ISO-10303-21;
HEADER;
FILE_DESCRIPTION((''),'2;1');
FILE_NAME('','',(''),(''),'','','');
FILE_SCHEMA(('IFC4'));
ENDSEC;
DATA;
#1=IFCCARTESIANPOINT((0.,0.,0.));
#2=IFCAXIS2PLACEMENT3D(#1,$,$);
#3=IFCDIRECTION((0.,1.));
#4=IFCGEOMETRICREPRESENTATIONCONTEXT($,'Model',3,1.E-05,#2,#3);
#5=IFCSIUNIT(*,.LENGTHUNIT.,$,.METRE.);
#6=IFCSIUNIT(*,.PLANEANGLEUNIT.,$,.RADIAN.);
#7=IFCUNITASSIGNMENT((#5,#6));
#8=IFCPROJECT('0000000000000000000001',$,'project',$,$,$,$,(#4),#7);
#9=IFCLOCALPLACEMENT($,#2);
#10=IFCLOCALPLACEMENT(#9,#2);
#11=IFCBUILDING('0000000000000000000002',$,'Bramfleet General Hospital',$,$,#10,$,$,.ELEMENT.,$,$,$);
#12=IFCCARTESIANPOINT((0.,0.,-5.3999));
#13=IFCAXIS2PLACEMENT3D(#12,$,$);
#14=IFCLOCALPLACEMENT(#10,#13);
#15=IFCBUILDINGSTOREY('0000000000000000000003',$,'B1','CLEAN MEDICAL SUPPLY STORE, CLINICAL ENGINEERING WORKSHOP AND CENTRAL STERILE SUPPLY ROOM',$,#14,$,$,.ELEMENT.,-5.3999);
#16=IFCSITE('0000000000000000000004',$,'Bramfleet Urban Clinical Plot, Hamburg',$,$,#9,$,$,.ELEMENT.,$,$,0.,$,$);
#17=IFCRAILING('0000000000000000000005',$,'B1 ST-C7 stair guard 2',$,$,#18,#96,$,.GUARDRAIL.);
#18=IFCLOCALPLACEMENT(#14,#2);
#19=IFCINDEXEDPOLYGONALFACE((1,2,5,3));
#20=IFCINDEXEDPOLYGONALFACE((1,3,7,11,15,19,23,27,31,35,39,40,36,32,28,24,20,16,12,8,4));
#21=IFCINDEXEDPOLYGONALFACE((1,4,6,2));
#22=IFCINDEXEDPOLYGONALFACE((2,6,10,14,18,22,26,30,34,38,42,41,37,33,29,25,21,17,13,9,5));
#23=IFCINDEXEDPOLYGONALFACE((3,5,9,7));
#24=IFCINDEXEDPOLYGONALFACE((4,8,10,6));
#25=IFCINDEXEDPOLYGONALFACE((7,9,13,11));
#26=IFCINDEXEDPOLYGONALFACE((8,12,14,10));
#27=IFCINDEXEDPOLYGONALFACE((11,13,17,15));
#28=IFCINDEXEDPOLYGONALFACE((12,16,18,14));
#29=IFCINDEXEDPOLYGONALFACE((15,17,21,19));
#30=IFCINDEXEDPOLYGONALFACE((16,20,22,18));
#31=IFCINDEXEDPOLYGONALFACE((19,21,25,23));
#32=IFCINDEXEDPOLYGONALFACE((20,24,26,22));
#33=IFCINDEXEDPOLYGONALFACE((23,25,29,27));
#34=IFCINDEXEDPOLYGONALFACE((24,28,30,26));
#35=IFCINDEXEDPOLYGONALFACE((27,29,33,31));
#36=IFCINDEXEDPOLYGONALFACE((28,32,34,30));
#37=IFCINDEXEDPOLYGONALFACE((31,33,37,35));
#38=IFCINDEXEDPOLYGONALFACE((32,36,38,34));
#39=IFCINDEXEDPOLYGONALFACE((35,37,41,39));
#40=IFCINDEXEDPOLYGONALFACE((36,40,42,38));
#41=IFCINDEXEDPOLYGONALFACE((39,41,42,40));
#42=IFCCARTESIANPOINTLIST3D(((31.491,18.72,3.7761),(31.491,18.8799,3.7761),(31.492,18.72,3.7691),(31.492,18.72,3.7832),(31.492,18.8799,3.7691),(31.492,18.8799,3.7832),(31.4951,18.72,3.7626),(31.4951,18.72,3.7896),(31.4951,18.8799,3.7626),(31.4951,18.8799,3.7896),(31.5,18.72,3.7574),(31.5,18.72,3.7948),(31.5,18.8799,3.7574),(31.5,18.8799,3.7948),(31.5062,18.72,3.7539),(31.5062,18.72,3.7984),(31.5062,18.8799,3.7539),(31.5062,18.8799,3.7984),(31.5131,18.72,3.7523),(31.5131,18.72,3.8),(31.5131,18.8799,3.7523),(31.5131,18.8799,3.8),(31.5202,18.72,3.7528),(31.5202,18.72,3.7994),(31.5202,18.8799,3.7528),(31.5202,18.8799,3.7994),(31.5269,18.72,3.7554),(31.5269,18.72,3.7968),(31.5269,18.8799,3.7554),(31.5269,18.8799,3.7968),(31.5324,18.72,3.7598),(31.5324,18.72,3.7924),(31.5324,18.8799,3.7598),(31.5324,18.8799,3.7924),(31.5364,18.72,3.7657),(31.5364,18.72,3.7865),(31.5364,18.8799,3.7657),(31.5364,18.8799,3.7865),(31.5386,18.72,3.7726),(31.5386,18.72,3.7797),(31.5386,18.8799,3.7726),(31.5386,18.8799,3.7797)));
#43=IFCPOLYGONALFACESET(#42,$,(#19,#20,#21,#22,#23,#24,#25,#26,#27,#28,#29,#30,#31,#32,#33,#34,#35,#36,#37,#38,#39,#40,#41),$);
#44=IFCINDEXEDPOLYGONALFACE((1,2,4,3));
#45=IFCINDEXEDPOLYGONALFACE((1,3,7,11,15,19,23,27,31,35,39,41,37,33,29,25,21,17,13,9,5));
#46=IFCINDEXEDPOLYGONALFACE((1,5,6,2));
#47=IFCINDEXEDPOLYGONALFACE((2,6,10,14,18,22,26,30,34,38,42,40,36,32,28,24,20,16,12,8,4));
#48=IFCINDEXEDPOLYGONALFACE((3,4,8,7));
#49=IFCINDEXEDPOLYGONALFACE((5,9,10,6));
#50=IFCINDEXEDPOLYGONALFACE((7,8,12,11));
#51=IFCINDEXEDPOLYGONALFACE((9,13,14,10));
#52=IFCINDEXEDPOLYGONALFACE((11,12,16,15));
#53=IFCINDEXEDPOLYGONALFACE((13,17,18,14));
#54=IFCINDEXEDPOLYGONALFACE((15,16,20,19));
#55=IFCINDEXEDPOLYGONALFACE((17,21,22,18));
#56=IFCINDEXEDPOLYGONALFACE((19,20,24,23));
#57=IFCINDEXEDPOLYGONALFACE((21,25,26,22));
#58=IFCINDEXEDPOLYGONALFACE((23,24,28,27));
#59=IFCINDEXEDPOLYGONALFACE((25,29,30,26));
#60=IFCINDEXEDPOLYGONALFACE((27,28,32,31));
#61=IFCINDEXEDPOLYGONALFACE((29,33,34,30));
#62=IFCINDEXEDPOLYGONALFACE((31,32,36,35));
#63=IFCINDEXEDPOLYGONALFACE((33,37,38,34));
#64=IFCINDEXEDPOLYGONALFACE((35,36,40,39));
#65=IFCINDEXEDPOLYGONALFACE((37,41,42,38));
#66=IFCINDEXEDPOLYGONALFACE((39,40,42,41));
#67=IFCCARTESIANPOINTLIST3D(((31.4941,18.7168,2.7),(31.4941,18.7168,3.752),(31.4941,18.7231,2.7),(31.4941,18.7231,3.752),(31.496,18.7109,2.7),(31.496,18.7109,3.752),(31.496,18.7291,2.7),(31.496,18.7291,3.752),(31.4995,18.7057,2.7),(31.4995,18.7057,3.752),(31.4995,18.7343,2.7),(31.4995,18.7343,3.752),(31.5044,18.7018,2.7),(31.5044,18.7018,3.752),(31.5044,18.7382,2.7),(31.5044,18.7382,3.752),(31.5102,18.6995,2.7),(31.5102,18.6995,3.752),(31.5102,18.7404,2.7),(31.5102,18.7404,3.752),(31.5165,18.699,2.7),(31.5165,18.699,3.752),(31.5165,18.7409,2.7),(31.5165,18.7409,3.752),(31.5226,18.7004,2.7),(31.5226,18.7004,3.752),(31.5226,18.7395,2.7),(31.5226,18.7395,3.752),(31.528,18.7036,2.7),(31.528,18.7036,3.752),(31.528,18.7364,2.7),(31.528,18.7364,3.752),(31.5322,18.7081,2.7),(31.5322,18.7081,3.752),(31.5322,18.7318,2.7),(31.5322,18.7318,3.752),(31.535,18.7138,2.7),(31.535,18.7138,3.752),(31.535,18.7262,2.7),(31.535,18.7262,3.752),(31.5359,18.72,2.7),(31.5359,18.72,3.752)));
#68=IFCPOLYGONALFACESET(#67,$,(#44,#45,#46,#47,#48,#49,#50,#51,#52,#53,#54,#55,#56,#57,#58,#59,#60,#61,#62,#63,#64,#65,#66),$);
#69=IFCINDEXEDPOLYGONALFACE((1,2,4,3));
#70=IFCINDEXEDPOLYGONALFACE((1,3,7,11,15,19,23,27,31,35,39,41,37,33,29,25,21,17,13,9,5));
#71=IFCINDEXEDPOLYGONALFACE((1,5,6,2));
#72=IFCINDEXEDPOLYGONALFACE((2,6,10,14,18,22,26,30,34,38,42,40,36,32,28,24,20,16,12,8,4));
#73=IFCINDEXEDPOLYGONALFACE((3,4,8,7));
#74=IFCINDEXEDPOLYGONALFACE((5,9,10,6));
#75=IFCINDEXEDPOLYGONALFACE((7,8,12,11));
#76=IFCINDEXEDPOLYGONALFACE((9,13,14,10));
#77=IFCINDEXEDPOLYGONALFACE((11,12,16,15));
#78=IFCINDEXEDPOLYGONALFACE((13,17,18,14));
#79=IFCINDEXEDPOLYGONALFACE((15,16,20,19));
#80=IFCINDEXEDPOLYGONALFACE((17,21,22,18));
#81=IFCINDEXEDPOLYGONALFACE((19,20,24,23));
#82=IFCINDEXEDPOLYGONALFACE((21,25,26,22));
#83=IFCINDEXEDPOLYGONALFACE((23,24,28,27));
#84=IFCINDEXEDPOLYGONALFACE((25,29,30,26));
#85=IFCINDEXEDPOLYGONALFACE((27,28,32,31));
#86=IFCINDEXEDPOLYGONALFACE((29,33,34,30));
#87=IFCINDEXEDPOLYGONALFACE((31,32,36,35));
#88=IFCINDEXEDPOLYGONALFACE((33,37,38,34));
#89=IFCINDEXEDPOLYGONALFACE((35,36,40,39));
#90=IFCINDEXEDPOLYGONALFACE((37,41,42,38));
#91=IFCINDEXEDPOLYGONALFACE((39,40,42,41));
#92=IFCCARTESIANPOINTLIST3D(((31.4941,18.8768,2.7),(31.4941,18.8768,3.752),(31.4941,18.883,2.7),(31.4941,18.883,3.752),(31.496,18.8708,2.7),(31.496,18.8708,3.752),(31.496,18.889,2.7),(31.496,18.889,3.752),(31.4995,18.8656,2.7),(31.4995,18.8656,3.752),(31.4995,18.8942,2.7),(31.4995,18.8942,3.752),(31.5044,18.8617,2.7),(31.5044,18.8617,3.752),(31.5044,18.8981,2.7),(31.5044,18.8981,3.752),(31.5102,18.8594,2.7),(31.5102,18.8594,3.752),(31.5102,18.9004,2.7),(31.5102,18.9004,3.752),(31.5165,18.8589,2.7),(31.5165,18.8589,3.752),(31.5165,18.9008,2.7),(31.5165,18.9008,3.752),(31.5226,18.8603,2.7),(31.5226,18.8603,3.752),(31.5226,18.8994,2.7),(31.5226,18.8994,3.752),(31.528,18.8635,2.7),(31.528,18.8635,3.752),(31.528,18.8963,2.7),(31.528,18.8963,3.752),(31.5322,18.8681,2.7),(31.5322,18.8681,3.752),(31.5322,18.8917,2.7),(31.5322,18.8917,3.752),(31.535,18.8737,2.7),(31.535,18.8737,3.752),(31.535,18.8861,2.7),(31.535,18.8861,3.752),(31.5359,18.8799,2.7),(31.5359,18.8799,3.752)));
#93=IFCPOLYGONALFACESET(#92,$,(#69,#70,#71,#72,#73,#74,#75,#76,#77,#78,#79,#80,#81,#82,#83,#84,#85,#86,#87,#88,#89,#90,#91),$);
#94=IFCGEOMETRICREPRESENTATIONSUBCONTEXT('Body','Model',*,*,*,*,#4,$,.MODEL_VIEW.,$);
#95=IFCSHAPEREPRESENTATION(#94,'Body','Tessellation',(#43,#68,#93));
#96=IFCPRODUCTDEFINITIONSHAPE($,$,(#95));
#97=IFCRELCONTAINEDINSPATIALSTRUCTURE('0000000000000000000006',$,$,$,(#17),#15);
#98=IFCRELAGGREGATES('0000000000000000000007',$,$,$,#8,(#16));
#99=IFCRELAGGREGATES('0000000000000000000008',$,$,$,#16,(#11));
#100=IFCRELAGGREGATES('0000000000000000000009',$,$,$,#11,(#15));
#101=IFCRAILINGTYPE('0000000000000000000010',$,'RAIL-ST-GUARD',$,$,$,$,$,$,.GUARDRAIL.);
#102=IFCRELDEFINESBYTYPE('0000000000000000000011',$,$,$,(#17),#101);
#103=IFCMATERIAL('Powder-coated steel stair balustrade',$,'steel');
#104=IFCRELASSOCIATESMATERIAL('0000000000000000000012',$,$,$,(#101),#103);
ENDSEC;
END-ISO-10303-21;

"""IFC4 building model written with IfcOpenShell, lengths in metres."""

from ifc_helpers import new_model, si_unit, direction, frame, origin, origin_2d, place, context, subcontext, project, spatial, circle, extrude, material, type_object, element, save


model = new_model("IFC4")

# Units and contexts
model_context = context("Model", 3, precision=1e-05, world=origin(), true_north=direction((0.0, 1.0)))
body_context = subcontext(model_context, "Body", "Model", "MODEL_VIEW")
ifc_project = project(units=[si_unit("LENGTHUNIT", "METRE"), si_unit("PLANEANGLEUNIT", "RADIAN")], contexts=[model_context])

# Site, building, storey
site_placement = place(None, origin())
site = spatial("IfcSite", under=ifc_project, at=site_placement, Name="Bramfleet Urban Clinical Plot, Hamburg", CompositionType="ELEMENT", RefElevation=0.0)
building_placement = place(site_placement, origin())
building = spatial("IfcBuilding", under=site, at=building_placement, Name="Bramfleet General Hospital", CompositionType="ELEMENT")
storey_placement = place(building_placement, frame((0.0, 0.0, -5.3999)))
storey = spatial("IfcBuildingStorey", under=building, at=storey_placement, Name="B1", Description="CLEAN MEDICAL SUPPLY STORE, CLINICAL ENGINEERING WORKSHOP AND CENTRAL STERILE SUPPLY ROOM", CompositionType="ELEMENT", Elevation=-5.3999)

# Railing
ifc_material_1 = material(Name="Powder-coated steel stair balustrade", Category="steel")
railing_type_1 = type_object("IfcRailingType", Name="RAIL-ST-GUARD", PredefinedType="GUARDRAIL", material=ifc_material_1)
railing_1_placement = place(storey_placement, frame((31.5149, 18.72, 2.7)))
element("IfcRailing", 1, at=railing_1_placement, inside=storey, type_object=railing_type_1, Name="B1 ST-C7 stair guard 2", PredefinedType="GUARDRAIL", context=body_context, shape_type="SweptSolid", body=[
    extrude(circle(Radius=0.0239, at=origin_2d()), frame((0.0, 0.0, 1.0762), z_axis=(0.0, 1.0, 0.0), x_axis=(-1.0, 0.0, 0.0)), (0.0, 0.0, 1.0), 0.1599),
    extrude(circle(Radius=0.021, at=origin_2d()), origin(), (0.0, 0.0, 1.0), 1.052),
    extrude(circle(Radius=0.021, at=origin_2d()), frame((0.0, 0.1599, 0.0)), (0.0, 0.0, 1.0), 1.052),
])

save(model, "model.ifc")
